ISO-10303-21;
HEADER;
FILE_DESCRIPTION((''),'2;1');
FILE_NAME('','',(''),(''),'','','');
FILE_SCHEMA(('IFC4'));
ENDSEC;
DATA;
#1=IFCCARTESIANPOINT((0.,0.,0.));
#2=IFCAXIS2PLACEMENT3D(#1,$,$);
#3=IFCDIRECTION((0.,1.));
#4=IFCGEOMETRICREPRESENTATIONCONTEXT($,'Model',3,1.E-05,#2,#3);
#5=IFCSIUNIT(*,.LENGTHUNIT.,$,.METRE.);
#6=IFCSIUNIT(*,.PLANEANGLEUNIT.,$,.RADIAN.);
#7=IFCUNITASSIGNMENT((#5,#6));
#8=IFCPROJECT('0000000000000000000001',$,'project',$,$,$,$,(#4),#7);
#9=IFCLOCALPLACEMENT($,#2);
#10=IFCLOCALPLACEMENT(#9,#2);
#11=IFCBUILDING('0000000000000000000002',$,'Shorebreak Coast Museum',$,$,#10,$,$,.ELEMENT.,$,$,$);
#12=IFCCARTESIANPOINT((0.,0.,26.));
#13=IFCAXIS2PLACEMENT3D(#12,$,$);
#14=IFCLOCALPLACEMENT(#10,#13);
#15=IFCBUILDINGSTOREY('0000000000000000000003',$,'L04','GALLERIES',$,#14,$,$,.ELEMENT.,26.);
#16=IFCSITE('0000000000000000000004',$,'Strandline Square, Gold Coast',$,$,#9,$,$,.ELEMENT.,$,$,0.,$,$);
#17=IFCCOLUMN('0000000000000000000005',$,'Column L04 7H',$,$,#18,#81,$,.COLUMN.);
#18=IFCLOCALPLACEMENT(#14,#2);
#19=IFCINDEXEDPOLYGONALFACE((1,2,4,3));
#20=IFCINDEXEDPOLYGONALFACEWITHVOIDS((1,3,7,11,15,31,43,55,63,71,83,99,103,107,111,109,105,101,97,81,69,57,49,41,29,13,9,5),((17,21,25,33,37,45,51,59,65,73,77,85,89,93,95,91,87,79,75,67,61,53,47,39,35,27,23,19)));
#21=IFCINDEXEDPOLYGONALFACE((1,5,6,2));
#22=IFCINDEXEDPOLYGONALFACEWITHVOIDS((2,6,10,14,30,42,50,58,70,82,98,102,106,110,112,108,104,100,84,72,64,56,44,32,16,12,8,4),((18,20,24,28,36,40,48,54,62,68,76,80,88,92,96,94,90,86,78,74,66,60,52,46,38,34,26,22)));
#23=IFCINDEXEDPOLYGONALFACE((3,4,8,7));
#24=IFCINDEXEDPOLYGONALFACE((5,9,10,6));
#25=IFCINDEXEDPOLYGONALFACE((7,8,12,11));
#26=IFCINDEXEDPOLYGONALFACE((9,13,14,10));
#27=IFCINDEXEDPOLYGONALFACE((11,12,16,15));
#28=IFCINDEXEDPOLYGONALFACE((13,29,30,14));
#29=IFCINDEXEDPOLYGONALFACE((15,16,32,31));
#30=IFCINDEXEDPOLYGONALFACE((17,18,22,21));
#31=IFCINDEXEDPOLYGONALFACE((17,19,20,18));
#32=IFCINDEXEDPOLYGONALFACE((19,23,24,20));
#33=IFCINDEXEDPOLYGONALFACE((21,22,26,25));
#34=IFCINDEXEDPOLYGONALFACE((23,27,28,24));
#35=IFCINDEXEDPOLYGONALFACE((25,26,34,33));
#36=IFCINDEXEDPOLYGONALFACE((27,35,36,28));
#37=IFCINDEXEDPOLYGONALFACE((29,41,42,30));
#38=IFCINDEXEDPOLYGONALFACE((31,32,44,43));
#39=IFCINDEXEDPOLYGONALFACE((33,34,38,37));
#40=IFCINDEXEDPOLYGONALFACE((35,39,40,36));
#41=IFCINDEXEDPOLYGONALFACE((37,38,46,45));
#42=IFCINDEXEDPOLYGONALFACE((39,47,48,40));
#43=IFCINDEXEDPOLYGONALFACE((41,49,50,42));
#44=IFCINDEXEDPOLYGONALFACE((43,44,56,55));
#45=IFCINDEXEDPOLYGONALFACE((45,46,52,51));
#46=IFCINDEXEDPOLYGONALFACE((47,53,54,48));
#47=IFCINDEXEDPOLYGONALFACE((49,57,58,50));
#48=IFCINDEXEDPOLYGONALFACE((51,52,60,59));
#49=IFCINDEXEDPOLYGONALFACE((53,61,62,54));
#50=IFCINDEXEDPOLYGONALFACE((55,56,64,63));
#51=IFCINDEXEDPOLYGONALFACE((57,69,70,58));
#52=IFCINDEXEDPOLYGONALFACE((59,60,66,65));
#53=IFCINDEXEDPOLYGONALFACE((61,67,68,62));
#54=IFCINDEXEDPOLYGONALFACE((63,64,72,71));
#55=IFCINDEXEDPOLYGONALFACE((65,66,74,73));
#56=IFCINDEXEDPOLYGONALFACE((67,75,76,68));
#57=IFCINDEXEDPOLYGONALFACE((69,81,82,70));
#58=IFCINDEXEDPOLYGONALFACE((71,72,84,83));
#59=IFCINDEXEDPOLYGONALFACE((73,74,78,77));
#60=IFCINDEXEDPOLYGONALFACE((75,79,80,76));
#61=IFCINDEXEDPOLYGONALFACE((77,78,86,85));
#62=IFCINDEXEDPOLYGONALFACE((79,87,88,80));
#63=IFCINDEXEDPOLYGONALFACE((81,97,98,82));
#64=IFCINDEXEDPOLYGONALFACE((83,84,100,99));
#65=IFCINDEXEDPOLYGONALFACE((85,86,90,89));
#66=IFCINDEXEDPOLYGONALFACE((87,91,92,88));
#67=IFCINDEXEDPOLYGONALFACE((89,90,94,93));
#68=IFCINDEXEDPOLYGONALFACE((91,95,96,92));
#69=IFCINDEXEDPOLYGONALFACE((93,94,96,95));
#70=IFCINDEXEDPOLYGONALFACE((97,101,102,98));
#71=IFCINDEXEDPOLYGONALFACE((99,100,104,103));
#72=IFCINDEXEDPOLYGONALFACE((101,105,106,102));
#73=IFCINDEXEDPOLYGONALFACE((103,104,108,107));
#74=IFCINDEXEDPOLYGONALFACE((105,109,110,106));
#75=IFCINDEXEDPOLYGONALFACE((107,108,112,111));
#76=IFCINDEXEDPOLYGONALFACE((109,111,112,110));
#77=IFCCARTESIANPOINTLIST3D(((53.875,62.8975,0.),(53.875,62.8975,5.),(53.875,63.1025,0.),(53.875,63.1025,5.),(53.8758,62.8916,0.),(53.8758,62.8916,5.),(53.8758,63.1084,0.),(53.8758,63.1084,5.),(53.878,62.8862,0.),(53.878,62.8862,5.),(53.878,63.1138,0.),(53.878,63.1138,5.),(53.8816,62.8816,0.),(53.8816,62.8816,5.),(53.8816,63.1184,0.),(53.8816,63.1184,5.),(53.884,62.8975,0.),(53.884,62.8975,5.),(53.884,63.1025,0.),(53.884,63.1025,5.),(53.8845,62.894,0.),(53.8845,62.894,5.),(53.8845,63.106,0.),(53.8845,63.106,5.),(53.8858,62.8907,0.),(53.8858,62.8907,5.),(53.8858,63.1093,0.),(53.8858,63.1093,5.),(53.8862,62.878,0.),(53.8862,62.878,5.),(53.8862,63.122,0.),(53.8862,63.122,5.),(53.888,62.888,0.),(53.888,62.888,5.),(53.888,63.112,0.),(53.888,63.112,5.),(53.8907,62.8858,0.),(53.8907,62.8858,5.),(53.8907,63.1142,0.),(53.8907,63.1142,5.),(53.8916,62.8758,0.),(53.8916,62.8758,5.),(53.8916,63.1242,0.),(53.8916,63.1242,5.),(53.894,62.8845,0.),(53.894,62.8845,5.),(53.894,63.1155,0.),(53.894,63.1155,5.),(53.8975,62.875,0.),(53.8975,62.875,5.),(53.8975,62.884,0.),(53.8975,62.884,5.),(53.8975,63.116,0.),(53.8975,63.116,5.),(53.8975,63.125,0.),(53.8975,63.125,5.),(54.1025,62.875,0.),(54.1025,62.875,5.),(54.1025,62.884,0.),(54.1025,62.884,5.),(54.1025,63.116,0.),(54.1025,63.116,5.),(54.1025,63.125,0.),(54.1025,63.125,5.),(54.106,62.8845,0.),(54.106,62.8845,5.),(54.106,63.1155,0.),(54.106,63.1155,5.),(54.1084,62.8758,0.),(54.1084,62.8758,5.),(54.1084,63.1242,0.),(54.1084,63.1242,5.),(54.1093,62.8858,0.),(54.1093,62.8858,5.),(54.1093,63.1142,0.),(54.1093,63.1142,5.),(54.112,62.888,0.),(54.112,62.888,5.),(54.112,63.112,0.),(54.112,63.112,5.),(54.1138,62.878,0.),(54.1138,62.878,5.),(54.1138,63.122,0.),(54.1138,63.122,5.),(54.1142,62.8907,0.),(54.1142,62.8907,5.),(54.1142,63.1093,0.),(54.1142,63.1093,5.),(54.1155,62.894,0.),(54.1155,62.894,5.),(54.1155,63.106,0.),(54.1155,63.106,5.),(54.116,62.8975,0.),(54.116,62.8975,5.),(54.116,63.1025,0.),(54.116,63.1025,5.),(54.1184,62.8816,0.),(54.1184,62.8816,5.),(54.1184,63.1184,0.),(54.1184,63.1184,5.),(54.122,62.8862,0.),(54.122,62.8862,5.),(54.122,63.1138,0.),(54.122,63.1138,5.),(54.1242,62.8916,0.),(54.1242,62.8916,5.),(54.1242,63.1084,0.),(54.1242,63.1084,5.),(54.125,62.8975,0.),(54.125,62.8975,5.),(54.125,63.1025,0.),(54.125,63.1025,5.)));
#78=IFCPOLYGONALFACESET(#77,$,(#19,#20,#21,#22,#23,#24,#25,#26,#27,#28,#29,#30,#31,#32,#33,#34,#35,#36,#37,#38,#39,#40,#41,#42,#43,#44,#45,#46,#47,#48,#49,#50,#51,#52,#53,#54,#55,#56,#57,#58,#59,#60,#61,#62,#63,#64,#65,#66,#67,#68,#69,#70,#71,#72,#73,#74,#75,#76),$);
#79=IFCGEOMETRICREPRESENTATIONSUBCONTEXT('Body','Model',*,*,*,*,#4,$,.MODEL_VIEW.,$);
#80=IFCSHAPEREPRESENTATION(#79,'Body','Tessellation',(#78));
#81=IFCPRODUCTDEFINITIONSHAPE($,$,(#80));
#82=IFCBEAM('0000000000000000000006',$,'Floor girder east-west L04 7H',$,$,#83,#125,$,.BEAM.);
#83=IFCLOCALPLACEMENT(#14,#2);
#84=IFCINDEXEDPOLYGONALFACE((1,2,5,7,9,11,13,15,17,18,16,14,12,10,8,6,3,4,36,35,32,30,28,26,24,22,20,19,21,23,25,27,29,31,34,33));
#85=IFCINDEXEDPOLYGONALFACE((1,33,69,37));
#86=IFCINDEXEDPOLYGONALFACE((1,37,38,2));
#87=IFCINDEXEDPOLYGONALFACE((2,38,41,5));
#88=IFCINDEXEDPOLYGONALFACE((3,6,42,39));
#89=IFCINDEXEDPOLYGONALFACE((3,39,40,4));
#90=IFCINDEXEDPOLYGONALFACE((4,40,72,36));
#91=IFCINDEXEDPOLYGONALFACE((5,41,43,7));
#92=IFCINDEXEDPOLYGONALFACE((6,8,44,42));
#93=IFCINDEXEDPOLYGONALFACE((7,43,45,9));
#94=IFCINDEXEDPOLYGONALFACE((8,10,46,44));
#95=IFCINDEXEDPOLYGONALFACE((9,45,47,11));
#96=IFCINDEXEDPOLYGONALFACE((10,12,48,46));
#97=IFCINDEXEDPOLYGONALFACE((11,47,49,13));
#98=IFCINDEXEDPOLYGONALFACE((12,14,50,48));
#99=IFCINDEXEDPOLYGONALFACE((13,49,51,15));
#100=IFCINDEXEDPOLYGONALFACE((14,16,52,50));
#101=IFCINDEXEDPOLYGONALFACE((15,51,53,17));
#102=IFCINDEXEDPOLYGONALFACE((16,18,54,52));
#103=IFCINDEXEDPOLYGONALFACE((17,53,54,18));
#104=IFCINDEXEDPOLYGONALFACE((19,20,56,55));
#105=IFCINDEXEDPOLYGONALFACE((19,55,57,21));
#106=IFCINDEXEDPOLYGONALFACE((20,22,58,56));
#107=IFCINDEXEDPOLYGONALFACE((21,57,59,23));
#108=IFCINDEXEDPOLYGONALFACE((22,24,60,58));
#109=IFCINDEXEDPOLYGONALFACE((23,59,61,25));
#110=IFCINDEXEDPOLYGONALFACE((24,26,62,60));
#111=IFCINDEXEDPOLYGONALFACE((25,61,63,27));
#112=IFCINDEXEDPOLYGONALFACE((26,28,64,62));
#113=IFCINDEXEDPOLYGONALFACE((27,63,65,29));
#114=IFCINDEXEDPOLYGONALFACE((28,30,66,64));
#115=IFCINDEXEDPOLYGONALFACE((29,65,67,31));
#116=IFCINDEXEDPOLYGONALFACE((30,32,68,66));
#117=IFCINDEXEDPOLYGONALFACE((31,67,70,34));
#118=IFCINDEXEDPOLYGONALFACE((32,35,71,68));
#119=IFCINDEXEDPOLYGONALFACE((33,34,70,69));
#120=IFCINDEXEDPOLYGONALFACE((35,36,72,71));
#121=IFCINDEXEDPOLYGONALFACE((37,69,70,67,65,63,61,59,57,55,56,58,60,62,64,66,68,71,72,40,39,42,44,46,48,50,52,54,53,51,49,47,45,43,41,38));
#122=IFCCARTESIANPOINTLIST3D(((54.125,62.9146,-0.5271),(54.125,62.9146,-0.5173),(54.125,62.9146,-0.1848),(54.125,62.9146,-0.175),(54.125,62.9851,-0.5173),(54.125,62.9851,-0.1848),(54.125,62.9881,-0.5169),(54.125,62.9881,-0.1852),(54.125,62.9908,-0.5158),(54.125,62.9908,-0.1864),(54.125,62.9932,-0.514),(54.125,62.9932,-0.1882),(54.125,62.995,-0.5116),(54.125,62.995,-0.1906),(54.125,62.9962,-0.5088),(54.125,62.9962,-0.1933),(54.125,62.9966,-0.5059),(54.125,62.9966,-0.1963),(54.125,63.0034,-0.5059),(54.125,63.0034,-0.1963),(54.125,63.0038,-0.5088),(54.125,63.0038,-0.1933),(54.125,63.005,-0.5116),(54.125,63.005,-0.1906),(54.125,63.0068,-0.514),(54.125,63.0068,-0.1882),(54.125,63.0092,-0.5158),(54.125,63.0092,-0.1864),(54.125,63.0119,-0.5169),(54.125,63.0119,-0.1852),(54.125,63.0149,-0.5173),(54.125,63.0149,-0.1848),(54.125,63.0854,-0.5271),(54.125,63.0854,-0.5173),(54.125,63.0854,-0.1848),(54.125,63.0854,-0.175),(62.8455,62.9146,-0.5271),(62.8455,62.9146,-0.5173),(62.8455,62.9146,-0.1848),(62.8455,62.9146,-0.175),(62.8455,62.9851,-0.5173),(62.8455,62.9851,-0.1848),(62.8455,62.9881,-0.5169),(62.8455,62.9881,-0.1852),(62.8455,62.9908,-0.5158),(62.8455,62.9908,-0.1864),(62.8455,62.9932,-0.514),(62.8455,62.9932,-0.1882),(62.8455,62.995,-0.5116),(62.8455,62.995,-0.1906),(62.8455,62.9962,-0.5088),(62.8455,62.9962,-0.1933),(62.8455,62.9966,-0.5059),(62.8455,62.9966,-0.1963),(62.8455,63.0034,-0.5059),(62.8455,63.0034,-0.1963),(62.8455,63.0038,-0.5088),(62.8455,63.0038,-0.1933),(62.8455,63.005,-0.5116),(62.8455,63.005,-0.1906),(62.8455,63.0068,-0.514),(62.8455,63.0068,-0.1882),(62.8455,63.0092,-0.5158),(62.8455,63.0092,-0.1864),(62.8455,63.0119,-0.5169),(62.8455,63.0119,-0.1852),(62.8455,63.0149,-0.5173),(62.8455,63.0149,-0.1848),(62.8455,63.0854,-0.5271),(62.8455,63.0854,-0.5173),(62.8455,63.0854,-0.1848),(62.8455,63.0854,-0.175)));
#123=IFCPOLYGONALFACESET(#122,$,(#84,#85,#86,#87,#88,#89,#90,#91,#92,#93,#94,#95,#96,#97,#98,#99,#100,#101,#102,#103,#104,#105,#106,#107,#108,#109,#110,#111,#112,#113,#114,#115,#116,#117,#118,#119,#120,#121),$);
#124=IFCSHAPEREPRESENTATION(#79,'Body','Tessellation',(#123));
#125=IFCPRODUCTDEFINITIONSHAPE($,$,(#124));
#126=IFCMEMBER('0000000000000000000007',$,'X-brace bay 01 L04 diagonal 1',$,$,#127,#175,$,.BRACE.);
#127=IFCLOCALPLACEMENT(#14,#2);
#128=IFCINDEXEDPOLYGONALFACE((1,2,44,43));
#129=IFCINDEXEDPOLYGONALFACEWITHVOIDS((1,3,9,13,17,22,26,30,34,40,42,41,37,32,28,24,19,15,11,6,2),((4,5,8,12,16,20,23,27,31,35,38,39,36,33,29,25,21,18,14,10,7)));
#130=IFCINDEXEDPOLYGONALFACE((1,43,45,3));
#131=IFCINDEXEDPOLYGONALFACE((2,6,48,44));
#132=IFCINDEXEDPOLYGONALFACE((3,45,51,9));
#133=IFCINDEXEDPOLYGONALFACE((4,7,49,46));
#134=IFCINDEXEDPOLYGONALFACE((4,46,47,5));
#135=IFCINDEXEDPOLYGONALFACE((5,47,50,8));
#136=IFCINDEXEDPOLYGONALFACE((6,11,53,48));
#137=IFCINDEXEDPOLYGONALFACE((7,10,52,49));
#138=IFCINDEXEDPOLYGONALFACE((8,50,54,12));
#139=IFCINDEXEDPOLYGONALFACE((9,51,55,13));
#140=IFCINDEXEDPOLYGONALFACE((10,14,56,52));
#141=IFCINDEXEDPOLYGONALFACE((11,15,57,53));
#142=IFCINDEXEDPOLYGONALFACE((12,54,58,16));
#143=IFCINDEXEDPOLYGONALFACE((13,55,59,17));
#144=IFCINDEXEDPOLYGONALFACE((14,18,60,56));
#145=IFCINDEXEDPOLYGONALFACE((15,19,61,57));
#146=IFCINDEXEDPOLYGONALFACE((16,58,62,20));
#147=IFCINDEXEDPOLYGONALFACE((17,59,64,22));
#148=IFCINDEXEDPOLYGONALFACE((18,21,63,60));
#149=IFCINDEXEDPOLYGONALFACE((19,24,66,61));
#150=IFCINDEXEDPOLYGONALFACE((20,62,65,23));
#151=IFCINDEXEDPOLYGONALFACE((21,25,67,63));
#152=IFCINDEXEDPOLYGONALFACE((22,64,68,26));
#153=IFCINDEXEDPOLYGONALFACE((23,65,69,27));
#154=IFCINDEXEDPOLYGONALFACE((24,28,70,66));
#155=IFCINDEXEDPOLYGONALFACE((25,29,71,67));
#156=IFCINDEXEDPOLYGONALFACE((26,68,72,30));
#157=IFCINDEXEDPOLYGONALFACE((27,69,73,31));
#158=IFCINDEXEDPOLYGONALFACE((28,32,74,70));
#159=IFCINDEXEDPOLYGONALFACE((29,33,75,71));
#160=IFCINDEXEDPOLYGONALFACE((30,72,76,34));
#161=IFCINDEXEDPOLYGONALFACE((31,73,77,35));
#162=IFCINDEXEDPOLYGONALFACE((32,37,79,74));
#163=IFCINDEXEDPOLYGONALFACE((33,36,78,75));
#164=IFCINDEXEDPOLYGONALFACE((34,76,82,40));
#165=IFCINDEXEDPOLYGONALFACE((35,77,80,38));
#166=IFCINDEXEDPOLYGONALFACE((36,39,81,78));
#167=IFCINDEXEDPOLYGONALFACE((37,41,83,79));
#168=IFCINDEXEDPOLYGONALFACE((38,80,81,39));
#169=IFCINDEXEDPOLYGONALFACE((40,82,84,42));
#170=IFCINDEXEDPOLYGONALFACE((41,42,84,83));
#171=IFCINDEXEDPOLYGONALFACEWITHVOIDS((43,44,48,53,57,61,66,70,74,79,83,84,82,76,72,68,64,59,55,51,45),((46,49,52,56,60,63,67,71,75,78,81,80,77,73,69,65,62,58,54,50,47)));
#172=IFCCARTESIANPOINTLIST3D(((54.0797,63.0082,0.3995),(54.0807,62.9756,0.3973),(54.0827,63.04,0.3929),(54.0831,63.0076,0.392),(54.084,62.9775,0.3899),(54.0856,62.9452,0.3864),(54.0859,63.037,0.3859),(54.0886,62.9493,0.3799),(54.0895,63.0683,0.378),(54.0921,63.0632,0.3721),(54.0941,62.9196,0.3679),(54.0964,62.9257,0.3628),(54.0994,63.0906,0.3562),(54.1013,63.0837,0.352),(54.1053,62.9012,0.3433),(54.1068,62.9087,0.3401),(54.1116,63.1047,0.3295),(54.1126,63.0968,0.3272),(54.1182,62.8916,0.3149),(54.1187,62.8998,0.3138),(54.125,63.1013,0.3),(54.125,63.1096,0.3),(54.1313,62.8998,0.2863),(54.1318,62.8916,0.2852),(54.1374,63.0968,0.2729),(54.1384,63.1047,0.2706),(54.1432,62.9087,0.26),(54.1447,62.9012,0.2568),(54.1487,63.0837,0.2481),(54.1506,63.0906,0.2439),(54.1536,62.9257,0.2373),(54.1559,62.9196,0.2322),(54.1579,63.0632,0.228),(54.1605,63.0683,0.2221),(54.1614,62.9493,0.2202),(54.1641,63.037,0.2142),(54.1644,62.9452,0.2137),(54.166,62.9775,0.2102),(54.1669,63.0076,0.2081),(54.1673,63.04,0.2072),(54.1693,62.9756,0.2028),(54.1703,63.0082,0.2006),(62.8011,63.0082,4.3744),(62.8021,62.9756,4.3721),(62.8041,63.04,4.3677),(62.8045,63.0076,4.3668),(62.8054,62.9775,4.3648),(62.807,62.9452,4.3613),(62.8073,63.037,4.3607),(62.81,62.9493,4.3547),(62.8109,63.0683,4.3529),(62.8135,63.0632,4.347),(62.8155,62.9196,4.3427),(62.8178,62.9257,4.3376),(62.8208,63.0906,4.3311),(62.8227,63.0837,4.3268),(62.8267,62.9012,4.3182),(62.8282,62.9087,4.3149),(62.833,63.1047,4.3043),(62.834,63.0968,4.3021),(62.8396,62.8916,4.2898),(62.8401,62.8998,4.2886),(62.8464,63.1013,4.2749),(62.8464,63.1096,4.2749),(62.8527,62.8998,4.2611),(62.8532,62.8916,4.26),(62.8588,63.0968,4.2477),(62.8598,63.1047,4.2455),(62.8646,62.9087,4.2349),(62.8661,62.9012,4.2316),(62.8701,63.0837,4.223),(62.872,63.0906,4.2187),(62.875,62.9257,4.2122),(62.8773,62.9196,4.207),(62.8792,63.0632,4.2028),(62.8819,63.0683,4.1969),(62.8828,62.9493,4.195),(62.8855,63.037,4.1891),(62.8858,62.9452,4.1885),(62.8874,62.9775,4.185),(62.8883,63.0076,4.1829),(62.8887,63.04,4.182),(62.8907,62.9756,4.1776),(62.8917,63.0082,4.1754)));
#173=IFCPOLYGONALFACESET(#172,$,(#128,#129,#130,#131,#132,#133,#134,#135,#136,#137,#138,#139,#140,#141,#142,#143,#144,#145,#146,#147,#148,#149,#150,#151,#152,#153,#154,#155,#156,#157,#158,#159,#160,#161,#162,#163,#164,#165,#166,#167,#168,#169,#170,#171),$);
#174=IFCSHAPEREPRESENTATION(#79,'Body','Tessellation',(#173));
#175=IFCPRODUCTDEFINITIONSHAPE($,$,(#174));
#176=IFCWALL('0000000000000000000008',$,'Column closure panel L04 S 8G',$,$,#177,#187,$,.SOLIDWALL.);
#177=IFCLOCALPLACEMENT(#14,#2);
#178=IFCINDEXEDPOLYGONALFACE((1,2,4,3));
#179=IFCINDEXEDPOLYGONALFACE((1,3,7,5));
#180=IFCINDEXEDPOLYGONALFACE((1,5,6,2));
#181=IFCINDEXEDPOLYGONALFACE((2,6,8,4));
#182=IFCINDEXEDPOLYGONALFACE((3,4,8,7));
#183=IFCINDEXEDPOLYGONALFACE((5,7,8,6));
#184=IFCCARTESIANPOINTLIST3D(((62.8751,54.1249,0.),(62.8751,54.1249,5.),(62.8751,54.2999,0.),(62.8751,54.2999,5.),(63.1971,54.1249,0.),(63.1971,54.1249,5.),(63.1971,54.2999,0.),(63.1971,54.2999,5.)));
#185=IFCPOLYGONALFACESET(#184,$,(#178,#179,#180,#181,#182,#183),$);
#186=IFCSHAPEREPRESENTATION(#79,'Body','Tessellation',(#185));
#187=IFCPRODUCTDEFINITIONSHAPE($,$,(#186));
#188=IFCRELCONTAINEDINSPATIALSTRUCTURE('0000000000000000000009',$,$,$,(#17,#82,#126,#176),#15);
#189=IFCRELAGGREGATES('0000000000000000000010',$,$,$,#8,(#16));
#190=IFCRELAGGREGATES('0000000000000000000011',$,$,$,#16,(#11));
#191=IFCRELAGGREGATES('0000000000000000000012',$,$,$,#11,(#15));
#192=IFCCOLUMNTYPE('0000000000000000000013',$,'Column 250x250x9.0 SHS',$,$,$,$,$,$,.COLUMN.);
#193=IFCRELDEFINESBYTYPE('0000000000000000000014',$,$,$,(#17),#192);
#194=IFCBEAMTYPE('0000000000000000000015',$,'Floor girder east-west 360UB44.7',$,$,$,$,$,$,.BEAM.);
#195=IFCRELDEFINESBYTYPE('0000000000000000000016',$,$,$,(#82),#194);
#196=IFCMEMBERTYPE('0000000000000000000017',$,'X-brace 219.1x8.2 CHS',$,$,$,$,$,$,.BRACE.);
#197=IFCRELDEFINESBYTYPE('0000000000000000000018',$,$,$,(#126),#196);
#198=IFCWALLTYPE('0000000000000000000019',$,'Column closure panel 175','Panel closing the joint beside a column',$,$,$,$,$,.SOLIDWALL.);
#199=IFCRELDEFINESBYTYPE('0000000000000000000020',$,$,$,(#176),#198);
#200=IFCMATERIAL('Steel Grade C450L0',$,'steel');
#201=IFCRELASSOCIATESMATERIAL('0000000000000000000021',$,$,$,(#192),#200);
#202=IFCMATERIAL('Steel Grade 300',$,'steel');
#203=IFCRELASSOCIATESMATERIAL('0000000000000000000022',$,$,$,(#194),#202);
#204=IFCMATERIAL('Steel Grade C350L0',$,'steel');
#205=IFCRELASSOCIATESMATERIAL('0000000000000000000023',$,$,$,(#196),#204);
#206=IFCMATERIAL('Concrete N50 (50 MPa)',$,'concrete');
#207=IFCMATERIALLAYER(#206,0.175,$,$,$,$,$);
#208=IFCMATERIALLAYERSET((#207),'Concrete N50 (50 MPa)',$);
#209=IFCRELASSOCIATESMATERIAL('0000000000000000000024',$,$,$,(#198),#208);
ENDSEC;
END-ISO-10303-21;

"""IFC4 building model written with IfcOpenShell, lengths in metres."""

from ifc_helpers import new_model, si_unit, direction, frame, frame_2d, origin, origin_2d, place, context, subcontext, project, spatial, rectangle, hollow_rectangle, hollow_circle, i_section, extrude, material, layer, layer_set, material_profile, profile_set, type_object, element, save


model = new_model("IFC4")

# Units and contexts
model_context = context("Model", 3, precision=1e-05, world=origin(), true_north=direction((0.0, 1.0)))
body_context = subcontext(model_context, "Body", "Model", "MODEL_VIEW")
ifc_project = project(units=[si_unit("LENGTHUNIT", "METRE"), si_unit("PLANEANGLEUNIT", "RADIAN")], contexts=[model_context])

# Site, building, storey
site_placement = place(None, origin())
site = spatial("IfcSite", under=ifc_project, at=site_placement, Name="Strandline Square, Gold Coast", CompositionType="ELEMENT", RefElevation=0.0)
building_placement = place(site_placement, origin())
building = spatial("IfcBuilding", under=site, at=building_placement, Name="Shorebreak Coast Museum", CompositionType="ELEMENT")
storey_placement = place(building_placement, frame((0.0, 0.0, 26.0)))
storey = spatial("IfcBuildingStorey", under=building, at=storey_placement, Name="L04", Description="GALLERIES", CompositionType="ELEMENT", Elevation=26.0)

# Column
ifc_material_1 = material(Name="Steel Grade C450L0", Category="steel")
ifc_material_profile_1 = material_profile(ifc_material_1, hollow_rectangle(XDim=0.25, YDim=0.25, WallThickness=0.009, InnerFilletRadius=0.0134, OuterFilletRadius=0.0225, at=origin_2d()), Name="250x250x9.0 SHS")
ifc_profile_set_1 = profile_set([ifc_material_profile_1], Name="Steel Grade C450L0")
column_type = type_object("IfcColumnType", Name="Column 250x250x9.0 SHS", PredefinedType="COLUMN", material=ifc_profile_set_1)
column_placement = place(storey_placement, frame((54.0, 63.0, 0.0), z_axis=(0.0, 0.0, 1.0), x_axis=(1.0, 0.0, 0.0)))
element("IfcColumn", 1, at=column_placement, inside=storey, type_object=column_type, Name="Column L04 7H", PredefinedType="COLUMN", context=body_context, shape_type="SweptSolid", body=[
    extrude(hollow_rectangle(XDim=0.25, YDim=0.25, WallThickness=0.009, InnerFilletRadius=0.0134, OuterFilletRadius=0.0225, at=origin_2d()), origin(), (0.0, 0.0, 1.0), 5.0),
])

# Beam
ifc_material_2 = material(Name="Steel Grade 300", Category="steel")
ifc_material_profile_2 = material_profile(ifc_material_2, i_section(OverallWidth=0.1709, OverallDepth=0.3521, WebThickness=0.0068, FlangeThickness=0.0098, FilletRadius=0.0115, at=origin_2d()), Name="360UB44.7")
ifc_profile_set_2 = profile_set([ifc_material_profile_2], Name="Steel Grade 300")
beam_type = type_object("IfcBeamType", Name="Floor girder east-west 360UB44.7", PredefinedType="BEAM", material=ifc_profile_set_2)
beam_placement = place(storey_placement, frame((54.125, 63.0, -0.3511), z_axis=(1.0, 0.0, 0.0), x_axis=(0.0, 1.0, 0.0)))
element("IfcBeam", 2, at=beam_placement, inside=storey, type_object=beam_type, Name="Floor girder east-west L04 7H", PredefinedType="BEAM", context=body_context, shape_type="SweptSolid", body=[
    extrude(i_section(OverallWidth=0.1709, OverallDepth=0.3521, WebThickness=0.0068, FlangeThickness=0.0098, FilletRadius=0.0115, at=origin_2d()), origin(), (0.0, 0.0, 1.0), 8.7205),
])

# Member
ifc_material_3 = material(Name="Steel Grade C350L0", Category="steel")
ifc_material_profile_3 = material_profile(ifc_material_3, hollow_circle(Radius=0.1096, WallThickness=0.0083, at=origin_2d()), Name="219.1x8.2 CHS")
ifc_profile_set_3 = profile_set([ifc_material_profile_3], Name="Steel Grade C350L0")
member_type = type_object("IfcMemberType", Name="X-brace 219.1x8.2 CHS", PredefinedType="BRACE", material=ifc_profile_set_3)
member_placement = place(storey_placement, frame((54.125, 63.0, 0.3), z_axis=(0.909951, 0.0, 0.414716), x_axis=(0.0, 1.0, 0.0)))
element("IfcMember", 3, at=member_placement, inside=storey, type_object=member_type, Name="X-brace bay 01 L04 diagonal 1", PredefinedType="BRACE", context=body_context, shape_type="SweptSolid", body=[
    extrude(hollow_circle(Radius=0.1096, WallThickness=0.0083, at=origin_2d()), origin(), (0.0, 0.0, 1.0), 9.5845),
])

# Wall
ifc_material_4 = material(Name="Concrete N50 (50 MPa)", Category="concrete")
ifc_layer_1 = layer(ifc_material_4, 0.175)
ifc_layer_set_1 = layer_set([ifc_layer_1], Name="Concrete N50 (50 MPa)")
wall_type_1 = type_object("IfcWallType", Name="Column closure panel 175", Description="Panel closing the joint beside a column", PredefinedType="SOLIDWALL", material=ifc_layer_set_1)
for number, where, z_axis, x_axis, name in (
    (4, (62.875, 54.2124, 0.0), (0.0, 0.0, 1.0), (1.0, 0.0, 0.0), "Column closure panel L04 S 8G"),
):
    element("IfcWall", number, at=place(storey_placement, frame(where, z_axis=z_axis, x_axis=x_axis)), inside=storey, type_object=wall_type_1, Name=name, PredefinedType="SOLIDWALL", context=body_context, shape_type="SweptSolid", body=[
        extrude(rectangle(XDim=0.322, YDim=0.175, at=frame_2d((0.1611, 0.0))), origin(), (0.0, 0.0, 1.0), 5.0),
    ])

save(model, "model.ifc")
